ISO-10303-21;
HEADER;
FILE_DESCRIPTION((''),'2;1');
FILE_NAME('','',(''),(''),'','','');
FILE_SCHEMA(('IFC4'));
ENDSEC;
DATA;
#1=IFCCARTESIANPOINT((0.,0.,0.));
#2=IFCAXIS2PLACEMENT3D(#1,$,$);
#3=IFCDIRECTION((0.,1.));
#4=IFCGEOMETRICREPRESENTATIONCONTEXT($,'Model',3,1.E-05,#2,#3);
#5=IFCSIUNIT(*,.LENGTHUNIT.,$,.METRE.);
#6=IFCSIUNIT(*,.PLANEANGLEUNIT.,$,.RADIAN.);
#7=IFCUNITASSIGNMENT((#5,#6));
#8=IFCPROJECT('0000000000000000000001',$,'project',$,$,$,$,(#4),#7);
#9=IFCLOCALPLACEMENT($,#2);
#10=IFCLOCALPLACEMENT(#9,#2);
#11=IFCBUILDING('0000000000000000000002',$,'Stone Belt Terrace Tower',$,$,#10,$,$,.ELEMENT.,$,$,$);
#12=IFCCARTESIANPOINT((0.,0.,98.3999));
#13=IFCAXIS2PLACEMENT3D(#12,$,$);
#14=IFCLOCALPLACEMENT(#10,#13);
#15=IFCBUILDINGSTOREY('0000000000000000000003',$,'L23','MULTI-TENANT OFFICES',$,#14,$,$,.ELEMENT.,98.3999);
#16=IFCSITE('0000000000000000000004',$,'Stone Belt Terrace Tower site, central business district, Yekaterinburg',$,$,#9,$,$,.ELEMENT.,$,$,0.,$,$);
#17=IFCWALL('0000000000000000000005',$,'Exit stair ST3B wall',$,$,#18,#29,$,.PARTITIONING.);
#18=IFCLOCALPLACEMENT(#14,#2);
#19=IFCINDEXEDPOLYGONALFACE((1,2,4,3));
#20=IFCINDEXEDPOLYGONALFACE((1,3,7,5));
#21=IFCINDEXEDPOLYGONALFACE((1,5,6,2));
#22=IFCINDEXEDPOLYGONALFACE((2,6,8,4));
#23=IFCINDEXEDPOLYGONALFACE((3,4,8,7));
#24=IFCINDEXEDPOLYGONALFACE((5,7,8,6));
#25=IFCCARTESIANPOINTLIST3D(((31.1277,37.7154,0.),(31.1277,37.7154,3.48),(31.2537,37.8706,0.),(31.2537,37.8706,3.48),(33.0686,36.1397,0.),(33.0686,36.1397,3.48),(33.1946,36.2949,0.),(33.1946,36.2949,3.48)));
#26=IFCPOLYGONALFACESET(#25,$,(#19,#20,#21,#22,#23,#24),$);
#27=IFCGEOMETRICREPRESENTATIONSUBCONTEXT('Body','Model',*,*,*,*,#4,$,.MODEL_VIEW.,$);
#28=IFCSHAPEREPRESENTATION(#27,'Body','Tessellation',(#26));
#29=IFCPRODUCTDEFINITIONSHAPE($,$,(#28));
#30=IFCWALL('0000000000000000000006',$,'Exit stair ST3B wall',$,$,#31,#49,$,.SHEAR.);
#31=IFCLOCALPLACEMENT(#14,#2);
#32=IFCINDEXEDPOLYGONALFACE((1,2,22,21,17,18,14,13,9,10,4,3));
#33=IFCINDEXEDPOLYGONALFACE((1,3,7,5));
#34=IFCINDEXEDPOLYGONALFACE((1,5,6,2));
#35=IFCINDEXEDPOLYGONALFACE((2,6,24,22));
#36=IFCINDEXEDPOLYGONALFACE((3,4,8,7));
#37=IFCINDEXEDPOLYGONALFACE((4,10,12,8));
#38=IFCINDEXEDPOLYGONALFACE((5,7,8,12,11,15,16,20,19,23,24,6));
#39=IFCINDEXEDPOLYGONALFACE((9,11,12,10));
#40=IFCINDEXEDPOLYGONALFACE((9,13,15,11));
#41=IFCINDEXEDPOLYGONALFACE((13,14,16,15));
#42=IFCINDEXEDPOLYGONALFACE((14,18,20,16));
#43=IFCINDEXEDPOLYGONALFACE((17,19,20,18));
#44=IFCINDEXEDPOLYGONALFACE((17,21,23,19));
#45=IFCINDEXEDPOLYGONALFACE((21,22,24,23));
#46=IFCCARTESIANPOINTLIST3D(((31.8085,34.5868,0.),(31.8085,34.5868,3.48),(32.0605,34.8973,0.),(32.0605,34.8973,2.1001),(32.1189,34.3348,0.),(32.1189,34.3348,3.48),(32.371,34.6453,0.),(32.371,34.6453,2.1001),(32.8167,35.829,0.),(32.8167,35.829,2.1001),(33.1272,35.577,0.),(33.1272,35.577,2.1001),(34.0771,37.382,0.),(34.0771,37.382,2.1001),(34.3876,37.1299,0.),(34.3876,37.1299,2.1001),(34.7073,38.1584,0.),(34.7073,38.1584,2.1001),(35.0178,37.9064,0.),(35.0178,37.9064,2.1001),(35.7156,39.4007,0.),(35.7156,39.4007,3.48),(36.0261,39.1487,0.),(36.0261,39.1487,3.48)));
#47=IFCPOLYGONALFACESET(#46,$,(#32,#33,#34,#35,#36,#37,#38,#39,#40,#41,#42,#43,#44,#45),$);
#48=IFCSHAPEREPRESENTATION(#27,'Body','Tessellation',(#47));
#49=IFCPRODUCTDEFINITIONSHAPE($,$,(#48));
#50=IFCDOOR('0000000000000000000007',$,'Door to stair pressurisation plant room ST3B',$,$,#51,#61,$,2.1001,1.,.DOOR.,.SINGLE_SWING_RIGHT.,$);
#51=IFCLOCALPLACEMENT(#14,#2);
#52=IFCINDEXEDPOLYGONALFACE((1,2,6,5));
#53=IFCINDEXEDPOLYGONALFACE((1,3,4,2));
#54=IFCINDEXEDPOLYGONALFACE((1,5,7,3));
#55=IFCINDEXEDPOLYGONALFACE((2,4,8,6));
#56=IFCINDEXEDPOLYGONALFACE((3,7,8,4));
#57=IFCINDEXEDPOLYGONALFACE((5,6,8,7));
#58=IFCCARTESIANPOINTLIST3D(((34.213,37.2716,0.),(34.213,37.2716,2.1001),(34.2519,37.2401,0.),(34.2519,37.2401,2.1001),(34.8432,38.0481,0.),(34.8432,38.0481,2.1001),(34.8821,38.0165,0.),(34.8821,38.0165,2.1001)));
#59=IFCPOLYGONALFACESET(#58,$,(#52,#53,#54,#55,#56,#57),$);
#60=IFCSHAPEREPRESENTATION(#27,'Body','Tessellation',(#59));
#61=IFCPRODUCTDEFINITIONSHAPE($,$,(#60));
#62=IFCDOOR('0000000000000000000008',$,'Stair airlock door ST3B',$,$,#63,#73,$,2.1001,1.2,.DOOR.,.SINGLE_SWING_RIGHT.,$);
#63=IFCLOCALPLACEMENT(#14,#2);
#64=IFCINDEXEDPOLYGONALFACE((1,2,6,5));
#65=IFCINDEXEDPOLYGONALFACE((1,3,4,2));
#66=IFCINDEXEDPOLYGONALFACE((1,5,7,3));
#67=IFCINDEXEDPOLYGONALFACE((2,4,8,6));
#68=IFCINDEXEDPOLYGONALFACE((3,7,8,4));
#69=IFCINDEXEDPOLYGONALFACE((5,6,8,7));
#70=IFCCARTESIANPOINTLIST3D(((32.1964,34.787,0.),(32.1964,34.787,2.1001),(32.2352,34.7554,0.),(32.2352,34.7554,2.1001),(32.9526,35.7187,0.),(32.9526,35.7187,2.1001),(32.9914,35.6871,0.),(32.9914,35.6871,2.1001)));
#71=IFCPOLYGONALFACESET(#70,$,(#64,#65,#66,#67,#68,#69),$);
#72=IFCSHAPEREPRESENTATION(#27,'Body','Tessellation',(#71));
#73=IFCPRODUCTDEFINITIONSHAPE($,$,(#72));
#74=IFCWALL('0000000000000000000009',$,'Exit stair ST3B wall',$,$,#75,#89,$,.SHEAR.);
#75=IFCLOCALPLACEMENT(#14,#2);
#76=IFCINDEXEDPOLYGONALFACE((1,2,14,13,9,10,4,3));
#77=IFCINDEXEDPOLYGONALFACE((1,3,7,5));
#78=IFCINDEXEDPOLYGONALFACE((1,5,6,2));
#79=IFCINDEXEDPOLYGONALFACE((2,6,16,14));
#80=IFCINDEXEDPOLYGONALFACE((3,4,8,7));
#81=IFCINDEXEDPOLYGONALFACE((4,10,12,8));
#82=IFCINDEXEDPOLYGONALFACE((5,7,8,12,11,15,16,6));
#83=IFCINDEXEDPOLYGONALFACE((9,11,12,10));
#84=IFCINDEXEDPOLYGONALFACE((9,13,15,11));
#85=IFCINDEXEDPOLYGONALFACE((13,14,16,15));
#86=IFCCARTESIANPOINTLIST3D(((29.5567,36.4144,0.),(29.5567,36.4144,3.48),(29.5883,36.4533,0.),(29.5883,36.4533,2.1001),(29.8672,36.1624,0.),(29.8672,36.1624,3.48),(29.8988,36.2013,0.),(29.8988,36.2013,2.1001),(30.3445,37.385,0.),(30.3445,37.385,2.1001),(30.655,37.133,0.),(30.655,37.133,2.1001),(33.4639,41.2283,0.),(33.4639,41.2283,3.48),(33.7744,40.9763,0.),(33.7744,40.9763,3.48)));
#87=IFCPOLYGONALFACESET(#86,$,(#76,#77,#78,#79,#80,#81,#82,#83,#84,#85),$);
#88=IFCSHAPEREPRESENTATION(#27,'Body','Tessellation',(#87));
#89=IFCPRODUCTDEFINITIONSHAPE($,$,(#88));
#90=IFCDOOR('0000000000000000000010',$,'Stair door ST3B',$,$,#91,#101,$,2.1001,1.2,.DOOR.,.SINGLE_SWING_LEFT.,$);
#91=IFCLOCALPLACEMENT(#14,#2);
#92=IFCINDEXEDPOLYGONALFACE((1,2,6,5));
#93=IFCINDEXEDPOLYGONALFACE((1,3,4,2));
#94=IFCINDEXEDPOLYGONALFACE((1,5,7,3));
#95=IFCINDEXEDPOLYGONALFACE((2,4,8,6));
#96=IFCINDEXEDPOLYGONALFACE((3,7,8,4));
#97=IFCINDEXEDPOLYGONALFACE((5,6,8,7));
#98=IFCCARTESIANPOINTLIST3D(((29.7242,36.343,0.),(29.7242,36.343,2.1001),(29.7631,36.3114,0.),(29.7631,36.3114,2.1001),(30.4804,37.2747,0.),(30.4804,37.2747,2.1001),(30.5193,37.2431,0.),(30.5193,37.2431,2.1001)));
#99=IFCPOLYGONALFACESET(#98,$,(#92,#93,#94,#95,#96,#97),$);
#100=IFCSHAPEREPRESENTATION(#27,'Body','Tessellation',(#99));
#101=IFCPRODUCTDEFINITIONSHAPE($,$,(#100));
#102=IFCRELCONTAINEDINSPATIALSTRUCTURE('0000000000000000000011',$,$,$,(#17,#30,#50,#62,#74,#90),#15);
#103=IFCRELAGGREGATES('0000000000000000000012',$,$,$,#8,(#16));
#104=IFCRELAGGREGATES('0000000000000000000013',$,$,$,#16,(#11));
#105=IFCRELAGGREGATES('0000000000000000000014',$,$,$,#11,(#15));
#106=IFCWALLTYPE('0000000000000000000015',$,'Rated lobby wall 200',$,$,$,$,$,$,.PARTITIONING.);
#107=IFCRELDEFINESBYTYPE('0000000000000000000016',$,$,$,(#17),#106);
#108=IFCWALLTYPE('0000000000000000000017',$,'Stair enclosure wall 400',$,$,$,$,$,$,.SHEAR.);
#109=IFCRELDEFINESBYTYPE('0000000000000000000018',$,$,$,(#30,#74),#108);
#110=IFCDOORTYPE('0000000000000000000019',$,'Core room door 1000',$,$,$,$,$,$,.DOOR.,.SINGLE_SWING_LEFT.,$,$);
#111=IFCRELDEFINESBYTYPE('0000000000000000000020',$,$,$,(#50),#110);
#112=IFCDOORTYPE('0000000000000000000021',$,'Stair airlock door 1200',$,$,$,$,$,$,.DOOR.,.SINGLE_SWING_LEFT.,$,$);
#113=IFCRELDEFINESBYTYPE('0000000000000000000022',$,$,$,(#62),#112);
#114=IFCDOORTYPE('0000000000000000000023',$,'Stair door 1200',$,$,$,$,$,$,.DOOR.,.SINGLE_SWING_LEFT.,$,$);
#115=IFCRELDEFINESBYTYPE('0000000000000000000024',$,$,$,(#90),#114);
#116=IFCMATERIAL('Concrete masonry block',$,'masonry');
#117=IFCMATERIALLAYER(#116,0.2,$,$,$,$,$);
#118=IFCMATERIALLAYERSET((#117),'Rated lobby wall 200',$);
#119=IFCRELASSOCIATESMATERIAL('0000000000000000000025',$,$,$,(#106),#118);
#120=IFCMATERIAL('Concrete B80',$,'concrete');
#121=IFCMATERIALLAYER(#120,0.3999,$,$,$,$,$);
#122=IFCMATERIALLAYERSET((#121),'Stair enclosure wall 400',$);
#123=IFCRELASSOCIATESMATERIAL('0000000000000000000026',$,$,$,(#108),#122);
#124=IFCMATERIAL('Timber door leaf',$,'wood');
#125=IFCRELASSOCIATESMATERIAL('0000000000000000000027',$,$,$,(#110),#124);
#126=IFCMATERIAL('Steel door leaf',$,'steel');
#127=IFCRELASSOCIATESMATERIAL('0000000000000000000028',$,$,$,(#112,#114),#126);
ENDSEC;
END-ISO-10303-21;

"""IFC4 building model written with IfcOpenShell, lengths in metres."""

from ifc_helpers import new_model, si_unit, direction, frame, frame_2d, origin, place, context, subcontext, project, spatial, rectangle, extrude, material, layer, layer_set, type_object, element, fill, save


model = new_model("IFC4")

# Units and contexts
model_context = context("Model", 3, precision=1e-05, world=origin(), true_north=direction((0.0, 1.0)))
body_context = subcontext(model_context, "Body", "Model", "MODEL_VIEW")
ifc_project = project(units=[si_unit("LENGTHUNIT", "METRE"), si_unit("PLANEANGLEUNIT", "RADIAN")], contexts=[model_context])

# Site, building, storey
site_placement = place(None, origin())
site = spatial("IfcSite", under=ifc_project, at=site_placement, Name="Stone Belt Terrace Tower site, central business district, Yekaterinburg", CompositionType="ELEMENT", RefElevation=0.0)
building_placement = place(site_placement, origin())
building = spatial("IfcBuilding", under=site, at=building_placement, Name="Stone Belt Terrace Tower", CompositionType="ELEMENT")
storey_placement = place(building_placement, frame((0.0, 0.0, 98.3999)))
storey = spatial("IfcBuildingStorey", under=building, at=storey_placement, Name="L23", Description="MULTI-TENANT OFFICES", CompositionType="ELEMENT", Elevation=98.3999)

# Shared definitions
ifc_material_1 = material(Name="Concrete B80", Category="concrete")

# Shared definitions
ifc_material_2 = material(Name="Timber door leaf", Category="wood")

# Wall
ifc_material_3 = material(Name="Concrete masonry block", Category="masonry")
ifc_layer_1 = layer(ifc_material_3, 0.2)
ifc_layer_set_1 = layer_set([ifc_layer_1], Name="Rated lobby wall 200")
wall_type_1 = type_object("IfcWallType", Name="Rated lobby wall 200", PredefinedType="PARTITIONING", material=ifc_layer_set_1)
wall_1_placement = place(storey_placement, frame((31.1907, 37.793, 0.0), z_axis=(0.0, 0.0, 1.0), x_axis=(0.776371, -0.630276, 0.0)))
element("IfcWall", 1, at=wall_1_placement, inside=storey, type_object=wall_type_1, Name="Exit stair ST3B wall", PredefinedType="PARTITIONING", context=body_context, shape_type="SweptSolid", body=[
    extrude(rectangle(XDim=2.5, YDim=0.2, at=frame_2d((1.25, 0.0))), origin(), (0.0, 0.0, 1.0), 3.48),
])

# Wall, openings, doors
ifc_layer_2 = layer(ifc_material_1, 0.3999)
ifc_layer_set_2 = layer_set([ifc_layer_2], Name="Stair enclosure wall 400")
wall_type_2 = type_object("IfcWallType", Name="Stair enclosure wall 400", PredefinedType="SHEAR", material=ifc_layer_set_2)
wall_2_placement = place(storey_placement, frame((31.9636, 34.4607, 0.0), z_axis=(0.0, 0.0, 1.0), x_axis=(0.630192, 0.776439, 0.0)))
wall_2 = element("IfcWall", 2, at=wall_2_placement, inside=storey, type_object=wall_type_2, Name="Exit stair ST3B wall", PredefinedType="SHEAR", context=body_context, shape_type="SweptSolid", body=[
    extrude(rectangle(XDim=6.2, YDim=0.3999, at=frame_2d((3.1001, 0.0))), origin(), (0.0, 0.0, 1.0), 3.48),
])
opening_1_placement = place(wall_2_placement, frame((0.3999, 0.0, 0.0)))
opening_1 = element("IfcOpeningElement", 3, at=opening_1_placement, cuts=wall_2, PredefinedType="OPENING", context=body_context, shape_type="SweptSolid", body=[
    extrude(rectangle(XDim=1.2, YDim=2.1001, at=frame_2d((0.6001, 1.05))), frame((0.0, 0.21, 0.0), z_axis=(0.0, -1.0, 0.0), x_axis=(1.0, 0.0, 0.0)), (0.0, 0.0, 1.0), 0.4199),
])
opening_2_placement = place(wall_2_placement, frame((3.6001, 0.0, 0.0)))
opening_2 = element("IfcOpeningElement", 4, at=opening_2_placement, cuts=wall_2, PredefinedType="OPENING", context=body_context, shape_type="SweptSolid", body=[
    extrude(rectangle(XDim=1.0, YDim=2.1001, at=frame_2d((0.5, 1.05))), frame((0.0, 0.21, 0.0), z_axis=(0.0, -1.0, 0.0), x_axis=(1.0, 0.0, 0.0)), (0.0, 0.0, 1.0), 0.4199),
])
door_type_1 = type_object("IfcDoorType", Name="Core room door 1000", OperationType="SINGLE_SWING_LEFT", PredefinedType="DOOR", material=ifc_material_2)
door_1_placement = place(opening_2_placement, origin())
door_1 = element("IfcDoor", 5, at=door_1_placement, inside=storey, type_object=door_type_1, Name="Door to stair pressurisation plant room ST3B", OperationType="SINGLE_SWING_RIGHT", OverallHeight=2.1001, OverallWidth=1.0, PredefinedType="DOOR", context=body_context, shape_type="SweptSolid", body=[
    extrude(rectangle(XDim=1.0, YDim=2.1001, at=frame_2d((0.5, 1.05))), frame((0.0, 0.0249, 0.0), z_axis=(0.0, -1.0, 0.0), x_axis=(1.0, 0.0, 0.0)), (0.0, 0.0, 1.0), 0.05),
])
fill(opening_2, door_1)
ifc_material_4 = material(Name="Steel door leaf", Category="steel")
door_type_2 = type_object("IfcDoorType", Name="Stair airlock door 1200", OperationType="SINGLE_SWING_LEFT", PredefinedType="DOOR", material=ifc_material_4)
door_2_placement = place(opening_1_placement, origin())
door_2 = element("IfcDoor", 6, at=door_2_placement, inside=storey, type_object=door_type_2, Name="Stair airlock door ST3B", OperationType="SINGLE_SWING_RIGHT", OverallHeight=2.1001, OverallWidth=1.2, PredefinedType="DOOR", context=body_context, shape_type="SweptSolid", body=[
    extrude(rectangle(XDim=1.2, YDim=2.1001, at=frame_2d((0.6001, 1.05))), frame((0.0, 0.0249, 0.0), z_axis=(0.0, -1.0, 0.0), x_axis=(1.0, 0.0, 0.0)), (0.0, 0.0, 1.0), 0.05),
])
fill(opening_1, door_2)

# Wall, opening, door
wall_3_placement = place(storey_placement, frame((29.7119, 36.2883, 0.0), z_axis=(0.0, 0.0, 1.0), x_axis=(0.630192, 0.776439, 0.0)))
wall_3 = element("IfcWall", 7, at=wall_3_placement, inside=storey, type_object=wall_type_2, Name="Exit stair ST3B wall", PredefinedType="SHEAR", context=body_context, shape_type="SweptSolid", body=[
    extrude(rectangle(XDim=6.2, YDim=0.3999, at=frame_2d((3.1001, 0.0))), origin(), (0.0, 0.0, 1.0), 3.48),
])
opening_3_placement = place(wall_3_placement, frame((0.05, 0.0, 0.0)))
opening_3 = element("IfcOpeningElement", 8, at=opening_3_placement, cuts=wall_3, PredefinedType="OPENING", context=body_context, shape_type="SweptSolid", body=[
    extrude(rectangle(XDim=1.2, YDim=2.1001, at=frame_2d((0.6001, 1.05))), frame((0.0, 0.21, 0.0), z_axis=(0.0, -1.0, 0.0), x_axis=(1.0, 0.0, 0.0)), (0.0, 0.0, 1.0), 0.4199),
])
door_type_3 = type_object("IfcDoorType", Name="Stair door 1200", OperationType="SINGLE_SWING_LEFT", PredefinedType="DOOR", material=ifc_material_4)
door_3_placement = place(opening_3_placement, origin())
door_3 = element("IfcDoor", 9, at=door_3_placement, inside=storey, type_object=door_type_3, Name="Stair door ST3B", OperationType="SINGLE_SWING_LEFT", OverallHeight=2.1001, OverallWidth=1.2, PredefinedType="DOOR", context=body_context, shape_type="SweptSolid", body=[
    extrude(rectangle(XDim=1.2, YDim=2.1001, at=frame_2d((0.6001, 1.05))), frame((0.0, 0.0249, 0.0), z_axis=(0.0, -1.0, 0.0), x_axis=(1.0, 0.0, 0.0)), (0.0, 0.0, 1.0), 0.05),
])
fill(opening_3, door_3)

save(model, "model.ifc")
